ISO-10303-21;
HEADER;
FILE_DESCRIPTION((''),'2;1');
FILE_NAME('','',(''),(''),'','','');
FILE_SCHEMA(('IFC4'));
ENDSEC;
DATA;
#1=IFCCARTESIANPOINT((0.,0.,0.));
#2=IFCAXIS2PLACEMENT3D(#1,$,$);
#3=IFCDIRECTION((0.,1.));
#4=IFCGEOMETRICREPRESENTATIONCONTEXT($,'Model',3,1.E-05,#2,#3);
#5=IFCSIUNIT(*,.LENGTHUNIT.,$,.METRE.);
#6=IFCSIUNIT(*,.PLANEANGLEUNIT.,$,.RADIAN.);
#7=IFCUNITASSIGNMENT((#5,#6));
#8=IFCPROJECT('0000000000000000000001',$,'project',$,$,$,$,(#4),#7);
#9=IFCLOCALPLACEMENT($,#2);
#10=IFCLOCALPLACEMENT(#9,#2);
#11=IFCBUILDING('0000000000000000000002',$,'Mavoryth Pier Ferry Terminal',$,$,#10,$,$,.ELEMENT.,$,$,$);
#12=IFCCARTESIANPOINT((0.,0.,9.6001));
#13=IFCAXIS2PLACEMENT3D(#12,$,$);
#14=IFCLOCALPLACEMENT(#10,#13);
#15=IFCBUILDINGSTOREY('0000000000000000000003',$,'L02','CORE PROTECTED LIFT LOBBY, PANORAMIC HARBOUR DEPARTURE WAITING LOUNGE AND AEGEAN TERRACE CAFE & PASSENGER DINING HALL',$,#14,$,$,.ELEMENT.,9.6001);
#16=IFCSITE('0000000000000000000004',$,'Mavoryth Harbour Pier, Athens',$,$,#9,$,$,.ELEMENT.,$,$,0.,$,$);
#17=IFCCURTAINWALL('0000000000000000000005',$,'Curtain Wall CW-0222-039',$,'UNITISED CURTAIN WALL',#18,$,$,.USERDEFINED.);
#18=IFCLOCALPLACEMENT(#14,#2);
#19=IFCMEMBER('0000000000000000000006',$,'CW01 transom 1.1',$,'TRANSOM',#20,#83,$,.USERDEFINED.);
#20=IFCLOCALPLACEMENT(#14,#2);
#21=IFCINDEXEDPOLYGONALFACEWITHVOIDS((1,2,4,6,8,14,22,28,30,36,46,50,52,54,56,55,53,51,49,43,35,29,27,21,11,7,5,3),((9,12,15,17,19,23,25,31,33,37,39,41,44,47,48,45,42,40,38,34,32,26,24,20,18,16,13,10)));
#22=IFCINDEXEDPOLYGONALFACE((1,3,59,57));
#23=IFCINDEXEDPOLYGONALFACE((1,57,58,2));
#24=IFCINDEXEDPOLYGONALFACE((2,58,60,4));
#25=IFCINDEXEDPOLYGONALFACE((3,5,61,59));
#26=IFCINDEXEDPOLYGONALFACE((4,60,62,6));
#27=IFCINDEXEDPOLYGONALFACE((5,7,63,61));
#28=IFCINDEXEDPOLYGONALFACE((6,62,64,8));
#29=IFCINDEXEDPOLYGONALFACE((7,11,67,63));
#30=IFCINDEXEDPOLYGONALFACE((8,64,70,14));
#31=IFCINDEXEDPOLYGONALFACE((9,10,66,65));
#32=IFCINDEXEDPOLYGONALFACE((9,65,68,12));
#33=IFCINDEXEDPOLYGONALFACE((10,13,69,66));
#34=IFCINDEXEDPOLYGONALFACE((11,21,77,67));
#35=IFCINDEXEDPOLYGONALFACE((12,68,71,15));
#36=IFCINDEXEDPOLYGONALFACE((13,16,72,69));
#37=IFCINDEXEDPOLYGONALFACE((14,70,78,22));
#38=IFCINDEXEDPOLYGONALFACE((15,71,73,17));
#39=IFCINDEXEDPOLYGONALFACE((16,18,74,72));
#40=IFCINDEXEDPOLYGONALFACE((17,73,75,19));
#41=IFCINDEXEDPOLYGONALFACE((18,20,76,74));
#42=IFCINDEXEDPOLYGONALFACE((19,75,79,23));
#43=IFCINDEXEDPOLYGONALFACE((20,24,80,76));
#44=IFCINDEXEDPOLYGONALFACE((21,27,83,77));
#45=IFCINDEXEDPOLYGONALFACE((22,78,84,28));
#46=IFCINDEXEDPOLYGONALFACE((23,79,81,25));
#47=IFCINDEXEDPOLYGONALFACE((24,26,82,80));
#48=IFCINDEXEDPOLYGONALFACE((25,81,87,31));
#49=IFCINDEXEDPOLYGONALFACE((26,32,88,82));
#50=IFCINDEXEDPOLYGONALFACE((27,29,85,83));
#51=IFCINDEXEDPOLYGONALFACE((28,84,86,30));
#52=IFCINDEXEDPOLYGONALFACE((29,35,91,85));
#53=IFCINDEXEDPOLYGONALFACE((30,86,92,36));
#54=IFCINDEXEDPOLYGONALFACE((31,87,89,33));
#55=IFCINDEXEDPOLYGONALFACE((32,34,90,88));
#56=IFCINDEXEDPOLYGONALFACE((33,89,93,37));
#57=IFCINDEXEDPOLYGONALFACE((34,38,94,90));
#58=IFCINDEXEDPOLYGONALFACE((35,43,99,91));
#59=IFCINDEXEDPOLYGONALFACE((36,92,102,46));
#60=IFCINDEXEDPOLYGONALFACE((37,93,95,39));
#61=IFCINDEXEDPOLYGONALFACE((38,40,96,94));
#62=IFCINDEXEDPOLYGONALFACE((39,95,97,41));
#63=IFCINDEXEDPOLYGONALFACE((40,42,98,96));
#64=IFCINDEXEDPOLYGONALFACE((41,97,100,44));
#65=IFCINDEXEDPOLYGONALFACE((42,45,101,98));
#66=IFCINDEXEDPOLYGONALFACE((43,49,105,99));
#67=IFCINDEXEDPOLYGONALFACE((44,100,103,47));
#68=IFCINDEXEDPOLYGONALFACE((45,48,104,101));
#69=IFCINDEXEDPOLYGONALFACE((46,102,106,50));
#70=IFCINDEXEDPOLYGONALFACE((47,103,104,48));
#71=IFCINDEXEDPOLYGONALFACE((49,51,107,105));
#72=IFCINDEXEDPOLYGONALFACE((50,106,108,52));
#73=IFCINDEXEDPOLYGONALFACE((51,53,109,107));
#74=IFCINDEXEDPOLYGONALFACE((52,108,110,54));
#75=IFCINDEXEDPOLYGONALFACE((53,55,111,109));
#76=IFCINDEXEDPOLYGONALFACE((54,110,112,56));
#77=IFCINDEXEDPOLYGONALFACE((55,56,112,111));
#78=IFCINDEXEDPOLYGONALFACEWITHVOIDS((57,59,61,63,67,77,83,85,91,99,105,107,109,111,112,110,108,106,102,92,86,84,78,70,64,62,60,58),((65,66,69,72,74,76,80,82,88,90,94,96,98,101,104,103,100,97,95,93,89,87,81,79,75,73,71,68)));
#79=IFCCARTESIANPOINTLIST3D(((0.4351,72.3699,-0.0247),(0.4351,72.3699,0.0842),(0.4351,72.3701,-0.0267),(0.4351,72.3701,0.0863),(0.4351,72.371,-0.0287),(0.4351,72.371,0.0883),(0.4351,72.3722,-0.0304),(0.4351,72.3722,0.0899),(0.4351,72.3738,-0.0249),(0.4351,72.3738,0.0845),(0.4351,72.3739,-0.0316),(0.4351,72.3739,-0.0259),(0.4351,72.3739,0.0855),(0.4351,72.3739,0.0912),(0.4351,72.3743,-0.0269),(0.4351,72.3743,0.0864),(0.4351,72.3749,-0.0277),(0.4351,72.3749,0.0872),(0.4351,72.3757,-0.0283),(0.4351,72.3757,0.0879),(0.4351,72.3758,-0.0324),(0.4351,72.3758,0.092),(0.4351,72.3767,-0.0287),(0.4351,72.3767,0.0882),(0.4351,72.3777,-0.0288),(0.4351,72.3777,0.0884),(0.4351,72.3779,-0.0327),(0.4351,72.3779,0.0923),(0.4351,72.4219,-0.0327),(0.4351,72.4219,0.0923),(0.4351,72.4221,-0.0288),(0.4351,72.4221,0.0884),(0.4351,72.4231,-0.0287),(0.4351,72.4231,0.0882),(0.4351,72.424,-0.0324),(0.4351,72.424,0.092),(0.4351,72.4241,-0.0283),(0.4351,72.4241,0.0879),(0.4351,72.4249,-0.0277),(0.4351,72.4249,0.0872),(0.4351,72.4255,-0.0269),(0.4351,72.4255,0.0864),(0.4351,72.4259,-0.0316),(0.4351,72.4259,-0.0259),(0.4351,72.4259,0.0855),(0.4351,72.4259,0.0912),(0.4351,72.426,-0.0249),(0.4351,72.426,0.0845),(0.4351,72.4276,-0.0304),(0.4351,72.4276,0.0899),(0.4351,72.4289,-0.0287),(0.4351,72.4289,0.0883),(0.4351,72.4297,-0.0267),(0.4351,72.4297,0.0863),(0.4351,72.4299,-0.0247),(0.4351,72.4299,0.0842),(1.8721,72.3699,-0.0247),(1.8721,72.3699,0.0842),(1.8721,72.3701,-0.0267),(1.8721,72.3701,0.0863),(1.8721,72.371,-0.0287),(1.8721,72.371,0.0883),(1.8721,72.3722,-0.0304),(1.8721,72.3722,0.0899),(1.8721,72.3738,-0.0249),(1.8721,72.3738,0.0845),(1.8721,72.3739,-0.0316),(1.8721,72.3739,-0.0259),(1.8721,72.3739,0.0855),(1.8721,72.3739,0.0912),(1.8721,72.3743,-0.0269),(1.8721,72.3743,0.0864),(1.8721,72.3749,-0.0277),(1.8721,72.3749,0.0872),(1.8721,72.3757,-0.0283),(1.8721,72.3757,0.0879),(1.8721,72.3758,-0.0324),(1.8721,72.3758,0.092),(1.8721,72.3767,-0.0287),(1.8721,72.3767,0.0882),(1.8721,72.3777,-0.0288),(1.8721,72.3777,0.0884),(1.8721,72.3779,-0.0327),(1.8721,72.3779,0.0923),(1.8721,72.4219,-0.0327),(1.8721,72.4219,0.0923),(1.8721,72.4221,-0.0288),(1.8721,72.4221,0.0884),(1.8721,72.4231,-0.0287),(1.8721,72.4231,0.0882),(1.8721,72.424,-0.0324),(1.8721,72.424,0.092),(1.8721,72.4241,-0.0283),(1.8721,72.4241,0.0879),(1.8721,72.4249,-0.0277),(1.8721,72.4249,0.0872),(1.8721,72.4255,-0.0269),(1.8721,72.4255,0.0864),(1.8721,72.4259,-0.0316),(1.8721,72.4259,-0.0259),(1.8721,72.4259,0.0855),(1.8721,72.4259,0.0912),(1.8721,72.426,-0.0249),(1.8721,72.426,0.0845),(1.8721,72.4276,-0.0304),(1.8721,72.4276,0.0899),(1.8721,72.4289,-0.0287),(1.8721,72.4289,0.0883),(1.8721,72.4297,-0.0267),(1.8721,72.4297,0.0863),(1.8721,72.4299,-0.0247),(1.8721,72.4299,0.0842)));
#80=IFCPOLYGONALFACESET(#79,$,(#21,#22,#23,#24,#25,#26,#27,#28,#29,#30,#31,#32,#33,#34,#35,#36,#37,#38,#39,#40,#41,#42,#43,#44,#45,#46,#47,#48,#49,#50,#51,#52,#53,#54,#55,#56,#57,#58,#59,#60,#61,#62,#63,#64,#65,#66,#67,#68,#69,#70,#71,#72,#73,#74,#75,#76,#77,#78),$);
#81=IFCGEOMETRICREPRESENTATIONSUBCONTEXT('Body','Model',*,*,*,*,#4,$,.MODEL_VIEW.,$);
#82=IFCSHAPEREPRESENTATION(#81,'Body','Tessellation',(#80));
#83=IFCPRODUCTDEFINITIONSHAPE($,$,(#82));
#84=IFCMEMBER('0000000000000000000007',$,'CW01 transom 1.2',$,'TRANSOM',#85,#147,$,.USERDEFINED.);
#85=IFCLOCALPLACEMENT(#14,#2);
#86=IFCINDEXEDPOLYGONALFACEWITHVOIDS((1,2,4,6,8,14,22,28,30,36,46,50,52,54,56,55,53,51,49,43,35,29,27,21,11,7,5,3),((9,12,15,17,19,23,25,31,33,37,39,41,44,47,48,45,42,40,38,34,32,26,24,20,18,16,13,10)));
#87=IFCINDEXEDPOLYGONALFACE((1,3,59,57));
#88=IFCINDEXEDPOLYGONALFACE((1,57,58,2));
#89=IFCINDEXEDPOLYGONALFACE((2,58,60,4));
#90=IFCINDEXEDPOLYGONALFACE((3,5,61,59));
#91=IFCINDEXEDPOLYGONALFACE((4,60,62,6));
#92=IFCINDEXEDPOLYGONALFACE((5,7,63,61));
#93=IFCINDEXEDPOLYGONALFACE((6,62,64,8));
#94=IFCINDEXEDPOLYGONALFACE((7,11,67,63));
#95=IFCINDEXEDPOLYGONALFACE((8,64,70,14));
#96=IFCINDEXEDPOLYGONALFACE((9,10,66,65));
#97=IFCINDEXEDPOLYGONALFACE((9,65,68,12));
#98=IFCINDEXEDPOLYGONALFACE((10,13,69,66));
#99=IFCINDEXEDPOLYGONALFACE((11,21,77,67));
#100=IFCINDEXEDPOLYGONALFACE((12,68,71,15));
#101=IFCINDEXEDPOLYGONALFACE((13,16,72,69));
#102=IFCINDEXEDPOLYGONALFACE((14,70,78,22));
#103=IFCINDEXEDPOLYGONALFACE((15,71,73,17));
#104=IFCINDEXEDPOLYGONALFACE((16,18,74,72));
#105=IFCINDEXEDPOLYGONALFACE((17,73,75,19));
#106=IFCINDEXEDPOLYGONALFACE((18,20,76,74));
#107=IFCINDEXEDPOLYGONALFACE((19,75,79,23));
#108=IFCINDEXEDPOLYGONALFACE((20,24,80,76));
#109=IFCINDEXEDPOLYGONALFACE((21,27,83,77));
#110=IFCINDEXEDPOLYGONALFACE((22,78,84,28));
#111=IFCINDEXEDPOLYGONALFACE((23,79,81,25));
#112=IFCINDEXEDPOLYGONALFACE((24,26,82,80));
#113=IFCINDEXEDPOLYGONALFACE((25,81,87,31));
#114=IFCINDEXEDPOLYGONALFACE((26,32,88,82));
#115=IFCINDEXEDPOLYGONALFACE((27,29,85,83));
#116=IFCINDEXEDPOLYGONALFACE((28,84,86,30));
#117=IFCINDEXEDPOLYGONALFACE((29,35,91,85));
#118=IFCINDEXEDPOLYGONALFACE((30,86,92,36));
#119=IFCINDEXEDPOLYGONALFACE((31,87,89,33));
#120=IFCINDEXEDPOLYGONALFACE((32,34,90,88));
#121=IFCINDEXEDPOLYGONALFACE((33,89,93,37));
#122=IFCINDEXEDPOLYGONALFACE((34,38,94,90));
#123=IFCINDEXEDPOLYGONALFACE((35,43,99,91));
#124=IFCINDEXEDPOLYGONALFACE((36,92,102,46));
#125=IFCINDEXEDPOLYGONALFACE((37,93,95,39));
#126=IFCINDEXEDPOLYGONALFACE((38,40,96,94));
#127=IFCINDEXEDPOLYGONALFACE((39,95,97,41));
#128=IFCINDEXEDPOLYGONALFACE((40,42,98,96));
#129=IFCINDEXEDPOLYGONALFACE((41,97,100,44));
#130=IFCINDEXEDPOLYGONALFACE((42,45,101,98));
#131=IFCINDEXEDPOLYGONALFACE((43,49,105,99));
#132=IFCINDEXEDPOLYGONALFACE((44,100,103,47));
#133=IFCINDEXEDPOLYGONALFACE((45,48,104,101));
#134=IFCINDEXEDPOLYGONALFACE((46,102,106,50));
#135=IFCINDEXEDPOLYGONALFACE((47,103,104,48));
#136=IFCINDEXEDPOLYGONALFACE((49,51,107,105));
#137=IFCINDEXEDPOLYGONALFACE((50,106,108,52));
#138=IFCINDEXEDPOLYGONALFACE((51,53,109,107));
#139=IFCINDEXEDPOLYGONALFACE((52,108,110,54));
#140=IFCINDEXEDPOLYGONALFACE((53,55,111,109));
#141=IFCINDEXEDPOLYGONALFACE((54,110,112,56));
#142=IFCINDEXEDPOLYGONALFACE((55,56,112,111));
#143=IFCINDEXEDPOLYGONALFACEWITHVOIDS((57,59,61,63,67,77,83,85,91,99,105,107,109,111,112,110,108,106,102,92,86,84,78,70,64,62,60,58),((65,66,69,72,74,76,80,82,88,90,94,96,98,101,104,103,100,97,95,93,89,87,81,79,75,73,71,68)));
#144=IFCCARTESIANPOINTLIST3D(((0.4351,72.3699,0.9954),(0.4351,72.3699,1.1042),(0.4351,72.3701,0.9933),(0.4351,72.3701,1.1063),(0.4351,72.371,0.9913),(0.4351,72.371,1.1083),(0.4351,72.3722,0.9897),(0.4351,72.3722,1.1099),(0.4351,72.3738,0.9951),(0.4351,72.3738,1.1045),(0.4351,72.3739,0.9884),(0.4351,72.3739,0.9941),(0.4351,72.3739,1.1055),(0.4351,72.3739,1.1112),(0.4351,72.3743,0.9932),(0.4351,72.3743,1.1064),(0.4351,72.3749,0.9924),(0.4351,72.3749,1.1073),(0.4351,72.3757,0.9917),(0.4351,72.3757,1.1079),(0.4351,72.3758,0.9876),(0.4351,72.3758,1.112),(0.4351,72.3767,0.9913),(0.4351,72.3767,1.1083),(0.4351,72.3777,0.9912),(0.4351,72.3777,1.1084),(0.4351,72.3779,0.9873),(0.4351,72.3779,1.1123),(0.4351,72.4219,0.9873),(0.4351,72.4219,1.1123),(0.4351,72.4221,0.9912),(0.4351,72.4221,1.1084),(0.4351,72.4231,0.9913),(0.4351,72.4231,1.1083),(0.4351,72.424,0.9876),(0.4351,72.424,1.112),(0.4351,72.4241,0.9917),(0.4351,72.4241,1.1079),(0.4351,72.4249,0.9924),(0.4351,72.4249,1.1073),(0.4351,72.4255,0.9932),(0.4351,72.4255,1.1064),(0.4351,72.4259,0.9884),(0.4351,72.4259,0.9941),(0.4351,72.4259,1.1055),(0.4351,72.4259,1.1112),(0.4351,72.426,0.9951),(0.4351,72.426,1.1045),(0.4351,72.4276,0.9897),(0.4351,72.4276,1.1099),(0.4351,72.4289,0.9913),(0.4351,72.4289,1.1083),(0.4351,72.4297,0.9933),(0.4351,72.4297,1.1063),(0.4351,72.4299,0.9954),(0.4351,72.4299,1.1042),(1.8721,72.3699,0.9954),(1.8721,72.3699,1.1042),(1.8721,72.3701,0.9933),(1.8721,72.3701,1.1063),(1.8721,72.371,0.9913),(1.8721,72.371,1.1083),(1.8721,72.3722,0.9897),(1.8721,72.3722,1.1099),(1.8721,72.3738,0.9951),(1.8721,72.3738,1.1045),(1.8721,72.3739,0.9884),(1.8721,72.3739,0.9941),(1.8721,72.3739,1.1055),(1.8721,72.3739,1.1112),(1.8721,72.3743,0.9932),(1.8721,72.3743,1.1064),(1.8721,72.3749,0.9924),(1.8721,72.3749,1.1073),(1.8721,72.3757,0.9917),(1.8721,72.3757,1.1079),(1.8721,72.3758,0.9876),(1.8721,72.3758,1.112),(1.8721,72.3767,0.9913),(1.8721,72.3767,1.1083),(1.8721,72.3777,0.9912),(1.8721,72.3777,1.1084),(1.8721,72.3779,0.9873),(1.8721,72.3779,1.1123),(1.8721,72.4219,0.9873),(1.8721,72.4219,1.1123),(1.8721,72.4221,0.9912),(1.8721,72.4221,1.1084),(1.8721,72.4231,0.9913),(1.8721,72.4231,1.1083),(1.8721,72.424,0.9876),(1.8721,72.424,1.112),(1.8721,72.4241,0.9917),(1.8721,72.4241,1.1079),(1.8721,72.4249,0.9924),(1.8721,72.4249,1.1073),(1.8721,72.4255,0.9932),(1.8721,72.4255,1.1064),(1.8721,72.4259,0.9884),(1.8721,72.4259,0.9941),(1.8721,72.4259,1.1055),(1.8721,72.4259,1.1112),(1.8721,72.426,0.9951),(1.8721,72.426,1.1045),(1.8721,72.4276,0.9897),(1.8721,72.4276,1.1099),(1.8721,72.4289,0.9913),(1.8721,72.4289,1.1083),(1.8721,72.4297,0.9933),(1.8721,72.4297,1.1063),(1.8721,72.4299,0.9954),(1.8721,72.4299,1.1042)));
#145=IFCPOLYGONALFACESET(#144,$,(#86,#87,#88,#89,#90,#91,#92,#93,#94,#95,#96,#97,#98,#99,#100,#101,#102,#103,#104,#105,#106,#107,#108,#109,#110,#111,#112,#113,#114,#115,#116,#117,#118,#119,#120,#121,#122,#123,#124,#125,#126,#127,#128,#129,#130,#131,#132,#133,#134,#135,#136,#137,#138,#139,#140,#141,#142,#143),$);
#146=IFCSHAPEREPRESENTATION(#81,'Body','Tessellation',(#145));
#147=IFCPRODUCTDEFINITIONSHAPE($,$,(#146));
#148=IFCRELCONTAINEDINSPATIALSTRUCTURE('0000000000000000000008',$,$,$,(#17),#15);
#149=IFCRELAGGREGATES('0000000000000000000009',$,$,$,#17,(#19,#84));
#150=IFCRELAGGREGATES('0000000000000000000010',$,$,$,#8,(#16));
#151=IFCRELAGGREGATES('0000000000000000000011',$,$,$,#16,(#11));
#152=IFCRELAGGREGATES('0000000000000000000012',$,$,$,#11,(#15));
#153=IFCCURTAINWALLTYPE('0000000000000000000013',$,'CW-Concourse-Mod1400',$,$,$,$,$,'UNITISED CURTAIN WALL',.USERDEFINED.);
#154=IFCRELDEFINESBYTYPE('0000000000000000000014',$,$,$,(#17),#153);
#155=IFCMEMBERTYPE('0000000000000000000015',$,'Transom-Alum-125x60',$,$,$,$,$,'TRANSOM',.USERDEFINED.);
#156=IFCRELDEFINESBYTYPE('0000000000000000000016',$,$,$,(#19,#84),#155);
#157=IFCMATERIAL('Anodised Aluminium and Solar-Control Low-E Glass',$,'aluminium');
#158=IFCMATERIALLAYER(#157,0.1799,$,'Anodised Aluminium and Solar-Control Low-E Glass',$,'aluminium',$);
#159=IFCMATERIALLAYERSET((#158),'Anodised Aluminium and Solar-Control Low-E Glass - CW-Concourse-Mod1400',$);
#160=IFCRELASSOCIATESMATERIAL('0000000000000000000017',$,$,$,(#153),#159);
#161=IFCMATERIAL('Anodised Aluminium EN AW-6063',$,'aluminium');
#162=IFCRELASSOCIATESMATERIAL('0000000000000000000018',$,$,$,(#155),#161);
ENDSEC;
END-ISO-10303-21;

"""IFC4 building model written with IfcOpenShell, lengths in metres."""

from ifc_helpers import new_model, si_unit, direction, frame, origin, origin_2d, place, context, subcontext, project, spatial, hollow_rectangle, extrude, material, layer, layer_set, material_profile, profile_set, type_object, element, aggregate, save


model = new_model("IFC4")

# Units and contexts
model_context = context("Model", 3, precision=1e-05, world=origin(), true_north=direction((0.0, 1.0)))
body_context = subcontext(model_context, "Body", "Model", "MODEL_VIEW")
ifc_project = project(units=[si_unit("LENGTHUNIT", "METRE"), si_unit("PLANEANGLEUNIT", "RADIAN")], contexts=[model_context])

# Site, building, storey
site_placement = place(None, origin())
site = spatial("IfcSite", under=ifc_project, at=site_placement, Name="Mavoryth Harbour Pier, Athens", CompositionType="ELEMENT", RefElevation=0.0)
building_placement = place(site_placement, origin())
building = spatial("IfcBuilding", under=site, at=building_placement, Name="Mavoryth Pier Ferry Terminal", CompositionType="ELEMENT")
storey_placement = place(building_placement, frame((0.0, 0.0, 9.6001)))
storey = spatial("IfcBuildingStorey", under=building, at=storey_placement, Name="L02", Description="CORE PROTECTED LIFT LOBBY, PANORAMIC HARBOUR DEPARTURE WAITING LOUNGE AND AEGEAN TERRACE CAFE & PASSENGER DINING HALL", CompositionType="ELEMENT", Elevation=9.6001)

# Curtain wall
ifc_material_1 = material(Name="Anodised Aluminium and Solar-Control Low-E Glass", Category="aluminium")
ifc_layer_1 = layer(ifc_material_1, 0.1799, Name="Anodised Aluminium and Solar-Control Low-E Glass", Category="aluminium")
ifc_layer_set_1 = layer_set([ifc_layer_1], Name="Anodised Aluminium and Solar-Control Low-E Glass - CW-Concourse-Mod1400")
curtain_wall_type = type_object("IfcCurtainWallType", Name="CW-Concourse-Mod1400", ElementType="UNITISED CURTAIN WALL", PredefinedType="USERDEFINED", material=ifc_layer_set_1)
curtain_wall_placement = place(storey_placement, origin())
curtain_wall = element("IfcCurtainWall", 1, at=curtain_wall_placement, inside=storey, type_object=curtain_wall_type, Name="Curtain Wall CW-0222-039", ObjectType="UNITISED CURTAIN WALL", PredefinedType="USERDEFINED")
ifc_material_2 = material(Name="Anodised Aluminium EN AW-6063", Category="aluminium")

# Members
ifc_material_profile_1 = material_profile(ifc_material_2, hollow_rectangle(XDim=0.0601, YDim=0.125, WallThickness=0.0039, InnerFilletRadius=0.0039, OuterFilletRadius=0.0081, at=origin_2d()), Name="AL-TRAN 125x60x4", Category="aluminium")
ifc_profile_set_1 = profile_set([ifc_material_profile_1], Name="Anodised Aluminium EN AW-6063 - AL-TRAN 125x60x4")
member_type_1 = type_object("IfcMemberType", Name="Transom-Alum-125x60", ElementType="TRANSOM", PredefinedType="USERDEFINED", material=ifc_profile_set_1)
member_1_placement = place(storey_placement, frame((0.4351, 72.3999, 0.0298), z_axis=(1.0, 0.0, 0.0), x_axis=(0.0, 1.0, 0.0)))
member_1 = element("IfcMember", 2, at=member_1_placement, type_object=member_type_1, Name="CW01 transom 1.1", ObjectType="TRANSOM", PredefinedType="USERDEFINED", context=body_context, shape_type="SweptSolid", body=[
    extrude(hollow_rectangle(XDim=0.0601, YDim=0.125, WallThickness=0.0039, InnerFilletRadius=0.0039, OuterFilletRadius=0.0081, at=origin_2d()), origin(), (0.0, 0.0, 1.0), 1.437),
])
member_2_placement = place(storey_placement, frame((0.4351, 72.3999, 1.0498), z_axis=(1.0, 0.0, 0.0), x_axis=(0.0, 1.0, 0.0)))
member_2 = element("IfcMember", 3, at=member_2_placement, type_object=member_type_1, Name="CW01 transom 1.2", ObjectType="TRANSOM", PredefinedType="USERDEFINED", context=body_context, shape_type="SweptSolid", body=[
    extrude(hollow_rectangle(XDim=0.0601, YDim=0.125, WallThickness=0.0039, InnerFilletRadius=0.0039, OuterFilletRadius=0.0081, at=origin_2d()), origin(), (0.0, 0.0, 1.0), 1.437),
])

aggregate(curtain_wall, [member_1, member_2])

save(model, "model.ifc")
